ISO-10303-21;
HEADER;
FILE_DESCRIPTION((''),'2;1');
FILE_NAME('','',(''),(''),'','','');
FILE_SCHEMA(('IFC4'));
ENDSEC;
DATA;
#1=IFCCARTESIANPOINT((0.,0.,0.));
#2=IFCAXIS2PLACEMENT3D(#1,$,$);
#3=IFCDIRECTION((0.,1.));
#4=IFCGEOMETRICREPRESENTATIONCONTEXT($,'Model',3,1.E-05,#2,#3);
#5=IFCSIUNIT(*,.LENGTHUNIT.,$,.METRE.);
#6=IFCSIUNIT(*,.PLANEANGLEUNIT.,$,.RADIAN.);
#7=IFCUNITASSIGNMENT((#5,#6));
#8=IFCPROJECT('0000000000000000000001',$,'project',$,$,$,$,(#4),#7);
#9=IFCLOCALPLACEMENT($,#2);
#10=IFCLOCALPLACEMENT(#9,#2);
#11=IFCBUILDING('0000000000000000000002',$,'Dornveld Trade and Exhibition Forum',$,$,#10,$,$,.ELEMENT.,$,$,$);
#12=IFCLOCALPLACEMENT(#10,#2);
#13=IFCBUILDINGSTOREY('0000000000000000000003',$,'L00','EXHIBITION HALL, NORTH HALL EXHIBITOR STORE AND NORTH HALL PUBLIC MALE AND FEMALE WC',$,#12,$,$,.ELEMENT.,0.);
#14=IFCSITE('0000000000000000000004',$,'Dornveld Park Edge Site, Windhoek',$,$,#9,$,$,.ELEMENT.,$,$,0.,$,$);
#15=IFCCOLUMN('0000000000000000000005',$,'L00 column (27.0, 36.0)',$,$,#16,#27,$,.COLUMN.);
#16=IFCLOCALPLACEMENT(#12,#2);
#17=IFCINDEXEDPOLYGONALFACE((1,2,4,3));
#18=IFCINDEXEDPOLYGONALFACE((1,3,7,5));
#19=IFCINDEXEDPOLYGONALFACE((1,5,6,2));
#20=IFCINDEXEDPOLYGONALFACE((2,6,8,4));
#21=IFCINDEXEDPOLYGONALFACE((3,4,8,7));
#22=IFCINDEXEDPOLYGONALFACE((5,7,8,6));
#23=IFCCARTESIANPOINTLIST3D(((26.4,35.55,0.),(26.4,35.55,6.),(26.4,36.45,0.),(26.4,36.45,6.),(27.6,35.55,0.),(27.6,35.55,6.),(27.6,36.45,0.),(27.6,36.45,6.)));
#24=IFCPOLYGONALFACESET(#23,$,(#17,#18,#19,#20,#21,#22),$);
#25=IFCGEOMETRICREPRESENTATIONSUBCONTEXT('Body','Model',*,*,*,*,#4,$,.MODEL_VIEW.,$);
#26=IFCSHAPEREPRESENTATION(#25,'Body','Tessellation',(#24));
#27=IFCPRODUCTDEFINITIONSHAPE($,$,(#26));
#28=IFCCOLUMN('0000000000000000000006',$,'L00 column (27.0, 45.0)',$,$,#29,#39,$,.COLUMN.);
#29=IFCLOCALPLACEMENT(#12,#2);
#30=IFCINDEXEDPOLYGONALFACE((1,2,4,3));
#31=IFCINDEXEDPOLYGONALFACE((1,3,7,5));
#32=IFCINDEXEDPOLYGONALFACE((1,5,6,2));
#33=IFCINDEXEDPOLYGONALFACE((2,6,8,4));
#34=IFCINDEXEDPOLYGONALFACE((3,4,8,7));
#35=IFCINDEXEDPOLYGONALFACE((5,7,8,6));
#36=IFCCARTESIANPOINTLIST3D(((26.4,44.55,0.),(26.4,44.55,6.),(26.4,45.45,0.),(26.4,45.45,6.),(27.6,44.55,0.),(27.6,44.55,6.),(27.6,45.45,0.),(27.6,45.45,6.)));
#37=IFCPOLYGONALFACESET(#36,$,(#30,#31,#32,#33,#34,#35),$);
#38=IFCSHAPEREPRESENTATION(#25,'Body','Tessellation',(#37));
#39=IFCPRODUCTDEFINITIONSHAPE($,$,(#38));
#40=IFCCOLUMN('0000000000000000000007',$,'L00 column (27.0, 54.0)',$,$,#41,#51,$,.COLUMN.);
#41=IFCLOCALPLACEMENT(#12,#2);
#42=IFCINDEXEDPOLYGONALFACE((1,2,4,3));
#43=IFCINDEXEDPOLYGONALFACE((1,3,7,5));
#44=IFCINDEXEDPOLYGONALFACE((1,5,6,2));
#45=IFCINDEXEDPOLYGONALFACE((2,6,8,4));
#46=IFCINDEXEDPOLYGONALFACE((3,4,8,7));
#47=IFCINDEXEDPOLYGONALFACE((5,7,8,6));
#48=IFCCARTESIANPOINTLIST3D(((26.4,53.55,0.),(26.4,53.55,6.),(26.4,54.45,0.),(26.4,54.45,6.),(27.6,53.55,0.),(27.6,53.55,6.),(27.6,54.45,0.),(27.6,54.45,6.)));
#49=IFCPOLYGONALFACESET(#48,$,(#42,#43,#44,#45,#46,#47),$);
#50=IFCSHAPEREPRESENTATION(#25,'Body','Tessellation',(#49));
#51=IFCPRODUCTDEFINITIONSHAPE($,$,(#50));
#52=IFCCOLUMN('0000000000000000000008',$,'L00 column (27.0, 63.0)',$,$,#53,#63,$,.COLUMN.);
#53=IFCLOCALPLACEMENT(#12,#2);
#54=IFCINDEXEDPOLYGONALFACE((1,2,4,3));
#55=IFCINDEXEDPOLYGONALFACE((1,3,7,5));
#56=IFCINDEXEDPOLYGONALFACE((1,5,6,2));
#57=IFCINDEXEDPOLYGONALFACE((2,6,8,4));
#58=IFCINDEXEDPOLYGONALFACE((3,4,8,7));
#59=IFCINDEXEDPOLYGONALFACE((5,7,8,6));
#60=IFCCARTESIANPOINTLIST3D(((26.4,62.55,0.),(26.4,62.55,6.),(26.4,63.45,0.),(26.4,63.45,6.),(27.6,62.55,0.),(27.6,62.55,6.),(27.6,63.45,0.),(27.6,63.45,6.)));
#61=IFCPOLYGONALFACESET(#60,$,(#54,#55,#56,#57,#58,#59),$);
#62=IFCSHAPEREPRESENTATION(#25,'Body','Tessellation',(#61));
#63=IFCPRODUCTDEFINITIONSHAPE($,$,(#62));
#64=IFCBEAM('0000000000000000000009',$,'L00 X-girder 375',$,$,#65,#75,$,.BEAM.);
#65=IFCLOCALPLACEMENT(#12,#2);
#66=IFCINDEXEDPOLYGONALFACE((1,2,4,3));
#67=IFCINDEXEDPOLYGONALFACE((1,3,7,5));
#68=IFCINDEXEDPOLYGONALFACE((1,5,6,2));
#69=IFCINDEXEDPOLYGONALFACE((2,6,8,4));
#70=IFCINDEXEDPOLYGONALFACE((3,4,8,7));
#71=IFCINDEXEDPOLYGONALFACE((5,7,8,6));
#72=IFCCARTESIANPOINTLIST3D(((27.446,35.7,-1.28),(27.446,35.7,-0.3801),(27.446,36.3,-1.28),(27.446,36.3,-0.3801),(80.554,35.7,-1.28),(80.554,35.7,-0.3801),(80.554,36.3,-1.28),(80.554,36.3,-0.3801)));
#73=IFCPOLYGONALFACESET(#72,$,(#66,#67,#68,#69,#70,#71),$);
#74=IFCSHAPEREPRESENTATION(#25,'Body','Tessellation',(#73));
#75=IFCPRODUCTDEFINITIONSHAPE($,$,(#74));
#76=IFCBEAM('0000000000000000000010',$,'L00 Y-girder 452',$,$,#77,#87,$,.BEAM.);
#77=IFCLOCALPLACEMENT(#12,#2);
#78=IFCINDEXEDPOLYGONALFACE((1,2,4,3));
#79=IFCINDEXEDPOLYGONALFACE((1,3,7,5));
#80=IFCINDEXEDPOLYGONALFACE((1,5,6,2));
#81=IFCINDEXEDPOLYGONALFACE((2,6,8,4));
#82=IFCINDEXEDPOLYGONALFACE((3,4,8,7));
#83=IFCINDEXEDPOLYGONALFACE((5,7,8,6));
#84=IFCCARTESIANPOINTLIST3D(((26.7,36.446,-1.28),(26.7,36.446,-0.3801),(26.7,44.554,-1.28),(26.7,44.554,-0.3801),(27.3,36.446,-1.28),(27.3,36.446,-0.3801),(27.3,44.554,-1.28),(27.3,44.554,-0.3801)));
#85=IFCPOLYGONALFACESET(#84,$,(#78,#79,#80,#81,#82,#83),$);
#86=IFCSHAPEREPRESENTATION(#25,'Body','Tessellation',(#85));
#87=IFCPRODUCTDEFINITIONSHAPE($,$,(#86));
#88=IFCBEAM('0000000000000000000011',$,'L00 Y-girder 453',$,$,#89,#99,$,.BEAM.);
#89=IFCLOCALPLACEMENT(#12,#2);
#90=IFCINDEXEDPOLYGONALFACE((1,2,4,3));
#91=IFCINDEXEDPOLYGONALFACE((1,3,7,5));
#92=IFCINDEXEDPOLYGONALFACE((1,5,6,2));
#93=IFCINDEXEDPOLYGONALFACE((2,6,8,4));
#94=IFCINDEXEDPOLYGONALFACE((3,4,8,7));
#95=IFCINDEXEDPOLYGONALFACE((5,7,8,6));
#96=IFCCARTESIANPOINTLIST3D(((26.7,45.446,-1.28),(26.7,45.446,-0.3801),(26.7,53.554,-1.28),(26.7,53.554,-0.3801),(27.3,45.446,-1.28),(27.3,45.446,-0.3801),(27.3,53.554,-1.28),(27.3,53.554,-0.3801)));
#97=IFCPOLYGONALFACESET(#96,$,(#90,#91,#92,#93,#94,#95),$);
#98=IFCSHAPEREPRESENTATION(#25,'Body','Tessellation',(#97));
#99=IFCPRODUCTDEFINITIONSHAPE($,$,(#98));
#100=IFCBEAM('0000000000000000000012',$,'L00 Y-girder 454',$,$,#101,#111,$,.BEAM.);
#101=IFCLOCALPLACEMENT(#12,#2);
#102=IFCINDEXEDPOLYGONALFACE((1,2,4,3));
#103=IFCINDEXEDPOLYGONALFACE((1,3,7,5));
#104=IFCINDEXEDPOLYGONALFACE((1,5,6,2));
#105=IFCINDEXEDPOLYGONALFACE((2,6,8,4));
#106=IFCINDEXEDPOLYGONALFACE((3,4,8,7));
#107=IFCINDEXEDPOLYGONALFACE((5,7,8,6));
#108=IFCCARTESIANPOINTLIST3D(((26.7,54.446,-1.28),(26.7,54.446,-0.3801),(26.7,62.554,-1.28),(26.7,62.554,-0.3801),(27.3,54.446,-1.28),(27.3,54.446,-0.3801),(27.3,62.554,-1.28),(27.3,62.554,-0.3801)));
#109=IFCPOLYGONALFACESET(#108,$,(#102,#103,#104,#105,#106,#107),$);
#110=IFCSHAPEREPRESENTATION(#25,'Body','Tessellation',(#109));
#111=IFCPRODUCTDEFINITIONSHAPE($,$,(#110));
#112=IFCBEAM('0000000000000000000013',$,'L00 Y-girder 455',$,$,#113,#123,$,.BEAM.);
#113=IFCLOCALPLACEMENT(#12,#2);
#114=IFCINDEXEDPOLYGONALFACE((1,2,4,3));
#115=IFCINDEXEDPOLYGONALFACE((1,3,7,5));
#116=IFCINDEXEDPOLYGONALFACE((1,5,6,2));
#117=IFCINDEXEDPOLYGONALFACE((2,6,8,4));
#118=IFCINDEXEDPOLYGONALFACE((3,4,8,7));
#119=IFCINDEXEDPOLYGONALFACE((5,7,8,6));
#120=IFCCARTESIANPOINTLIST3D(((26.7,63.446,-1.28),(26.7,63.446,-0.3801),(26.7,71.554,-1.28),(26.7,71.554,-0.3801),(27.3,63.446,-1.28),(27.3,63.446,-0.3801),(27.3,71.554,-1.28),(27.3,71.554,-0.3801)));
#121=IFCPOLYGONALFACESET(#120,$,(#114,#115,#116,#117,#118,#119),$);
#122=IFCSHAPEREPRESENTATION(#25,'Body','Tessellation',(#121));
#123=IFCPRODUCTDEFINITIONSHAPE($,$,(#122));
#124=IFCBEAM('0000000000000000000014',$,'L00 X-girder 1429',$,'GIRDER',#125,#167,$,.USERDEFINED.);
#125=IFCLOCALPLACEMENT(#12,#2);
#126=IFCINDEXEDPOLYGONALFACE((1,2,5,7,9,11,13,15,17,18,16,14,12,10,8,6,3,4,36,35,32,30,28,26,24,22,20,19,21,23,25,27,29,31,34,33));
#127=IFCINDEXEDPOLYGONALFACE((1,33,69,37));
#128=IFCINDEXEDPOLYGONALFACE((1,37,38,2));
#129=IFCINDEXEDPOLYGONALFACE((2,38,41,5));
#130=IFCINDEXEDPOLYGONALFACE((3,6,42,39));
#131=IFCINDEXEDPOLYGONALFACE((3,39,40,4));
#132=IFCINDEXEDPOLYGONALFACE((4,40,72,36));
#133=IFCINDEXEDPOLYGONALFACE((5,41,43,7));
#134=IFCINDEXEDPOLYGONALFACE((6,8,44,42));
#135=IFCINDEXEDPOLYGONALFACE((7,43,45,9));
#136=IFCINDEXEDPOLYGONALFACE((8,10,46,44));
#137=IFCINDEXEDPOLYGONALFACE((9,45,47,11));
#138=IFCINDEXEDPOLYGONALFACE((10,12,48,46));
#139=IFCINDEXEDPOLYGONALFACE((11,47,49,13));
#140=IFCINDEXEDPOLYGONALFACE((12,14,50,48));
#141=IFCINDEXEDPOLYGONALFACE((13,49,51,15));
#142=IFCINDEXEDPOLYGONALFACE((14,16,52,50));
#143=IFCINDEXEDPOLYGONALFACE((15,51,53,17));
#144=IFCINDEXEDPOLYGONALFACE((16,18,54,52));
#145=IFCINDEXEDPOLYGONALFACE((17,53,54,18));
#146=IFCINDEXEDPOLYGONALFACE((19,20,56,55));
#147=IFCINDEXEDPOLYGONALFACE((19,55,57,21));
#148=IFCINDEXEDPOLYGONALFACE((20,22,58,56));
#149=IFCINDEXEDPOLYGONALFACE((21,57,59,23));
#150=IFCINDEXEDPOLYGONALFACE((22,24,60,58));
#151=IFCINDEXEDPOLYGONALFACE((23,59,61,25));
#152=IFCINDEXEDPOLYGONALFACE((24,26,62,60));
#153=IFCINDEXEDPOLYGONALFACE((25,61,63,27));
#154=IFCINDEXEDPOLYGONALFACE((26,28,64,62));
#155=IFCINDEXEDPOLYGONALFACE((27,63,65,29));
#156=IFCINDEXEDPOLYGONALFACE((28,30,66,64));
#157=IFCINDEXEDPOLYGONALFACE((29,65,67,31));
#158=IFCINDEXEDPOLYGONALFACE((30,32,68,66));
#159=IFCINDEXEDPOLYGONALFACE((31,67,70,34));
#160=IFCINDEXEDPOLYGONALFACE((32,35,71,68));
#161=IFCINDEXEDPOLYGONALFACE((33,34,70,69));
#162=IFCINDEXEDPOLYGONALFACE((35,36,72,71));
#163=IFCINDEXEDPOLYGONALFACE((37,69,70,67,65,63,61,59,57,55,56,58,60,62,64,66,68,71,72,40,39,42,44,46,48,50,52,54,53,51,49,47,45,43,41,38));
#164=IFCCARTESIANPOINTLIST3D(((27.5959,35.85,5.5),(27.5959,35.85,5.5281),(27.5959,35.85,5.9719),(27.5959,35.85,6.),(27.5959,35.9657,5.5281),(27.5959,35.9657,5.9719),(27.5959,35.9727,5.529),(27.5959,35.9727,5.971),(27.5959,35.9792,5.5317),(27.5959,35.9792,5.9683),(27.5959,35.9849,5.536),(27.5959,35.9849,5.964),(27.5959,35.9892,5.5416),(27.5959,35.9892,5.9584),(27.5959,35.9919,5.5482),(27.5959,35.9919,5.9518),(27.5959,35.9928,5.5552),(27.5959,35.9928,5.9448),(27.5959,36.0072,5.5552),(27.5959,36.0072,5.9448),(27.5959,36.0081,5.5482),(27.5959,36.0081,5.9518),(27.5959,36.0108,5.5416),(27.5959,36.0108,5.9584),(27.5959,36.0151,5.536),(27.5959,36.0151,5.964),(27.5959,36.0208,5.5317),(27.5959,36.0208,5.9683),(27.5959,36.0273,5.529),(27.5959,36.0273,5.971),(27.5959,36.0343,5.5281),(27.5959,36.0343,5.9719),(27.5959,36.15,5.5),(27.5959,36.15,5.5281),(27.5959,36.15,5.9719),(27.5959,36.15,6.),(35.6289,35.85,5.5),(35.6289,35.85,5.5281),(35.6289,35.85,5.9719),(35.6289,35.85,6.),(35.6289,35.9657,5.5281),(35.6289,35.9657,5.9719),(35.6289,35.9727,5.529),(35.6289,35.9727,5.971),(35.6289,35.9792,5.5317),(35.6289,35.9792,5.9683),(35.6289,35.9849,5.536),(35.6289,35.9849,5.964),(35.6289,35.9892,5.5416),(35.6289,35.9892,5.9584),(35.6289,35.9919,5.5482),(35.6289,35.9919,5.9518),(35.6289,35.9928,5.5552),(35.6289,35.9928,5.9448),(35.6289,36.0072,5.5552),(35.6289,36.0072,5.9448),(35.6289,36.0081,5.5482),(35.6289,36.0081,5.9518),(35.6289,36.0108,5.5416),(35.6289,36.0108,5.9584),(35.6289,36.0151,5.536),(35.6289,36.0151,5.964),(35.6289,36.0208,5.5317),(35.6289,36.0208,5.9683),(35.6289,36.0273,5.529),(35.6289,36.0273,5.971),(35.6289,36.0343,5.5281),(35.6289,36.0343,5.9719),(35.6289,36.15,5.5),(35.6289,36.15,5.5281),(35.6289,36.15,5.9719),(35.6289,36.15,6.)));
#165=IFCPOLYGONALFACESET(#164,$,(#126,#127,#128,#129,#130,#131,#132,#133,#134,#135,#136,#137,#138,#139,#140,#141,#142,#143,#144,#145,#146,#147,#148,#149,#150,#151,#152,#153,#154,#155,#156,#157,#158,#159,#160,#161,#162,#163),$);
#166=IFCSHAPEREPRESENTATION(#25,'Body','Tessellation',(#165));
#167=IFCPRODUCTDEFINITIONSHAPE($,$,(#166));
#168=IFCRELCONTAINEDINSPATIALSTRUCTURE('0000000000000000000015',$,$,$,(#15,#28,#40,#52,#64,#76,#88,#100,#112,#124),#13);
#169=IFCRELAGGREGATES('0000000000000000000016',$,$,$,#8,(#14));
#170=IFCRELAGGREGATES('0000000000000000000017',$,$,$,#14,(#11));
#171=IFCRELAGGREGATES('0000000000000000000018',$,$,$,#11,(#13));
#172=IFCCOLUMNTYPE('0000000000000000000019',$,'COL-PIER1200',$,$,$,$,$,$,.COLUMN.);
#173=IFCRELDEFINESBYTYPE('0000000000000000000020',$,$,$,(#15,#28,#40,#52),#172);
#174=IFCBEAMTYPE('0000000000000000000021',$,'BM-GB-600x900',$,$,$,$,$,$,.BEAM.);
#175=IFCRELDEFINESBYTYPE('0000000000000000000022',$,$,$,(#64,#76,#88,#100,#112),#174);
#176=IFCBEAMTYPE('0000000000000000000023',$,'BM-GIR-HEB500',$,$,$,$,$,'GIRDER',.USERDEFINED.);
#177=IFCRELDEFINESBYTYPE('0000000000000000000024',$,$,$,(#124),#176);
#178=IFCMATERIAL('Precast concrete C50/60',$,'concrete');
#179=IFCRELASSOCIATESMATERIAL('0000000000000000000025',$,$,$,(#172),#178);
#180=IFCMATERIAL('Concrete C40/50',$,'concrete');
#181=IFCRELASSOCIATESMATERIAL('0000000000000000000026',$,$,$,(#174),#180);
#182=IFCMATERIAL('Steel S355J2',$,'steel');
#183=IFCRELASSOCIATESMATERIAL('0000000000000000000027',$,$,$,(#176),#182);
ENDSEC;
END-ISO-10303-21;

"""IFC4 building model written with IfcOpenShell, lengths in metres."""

from ifc_helpers import new_model, si_unit, direction, frame, origin, origin_2d, place, context, subcontext, project, spatial, rectangle, i_section, extrude, material, material_profile, profile_set, type_object, element, save


model = new_model("IFC4")

# Units and contexts
model_context = context("Model", 3, precision=1e-05, world=origin(), true_north=direction((0.0, 1.0)))
body_context = subcontext(model_context, "Body", "Model", "MODEL_VIEW")
ifc_project = project(units=[si_unit("LENGTHUNIT", "METRE"), si_unit("PLANEANGLEUNIT", "RADIAN")], contexts=[model_context])

# Site, building, storey
site_placement = place(None, origin())
site = spatial("IfcSite", under=ifc_project, at=site_placement, Name="Dornveld Park Edge Site, Windhoek", CompositionType="ELEMENT", RefElevation=0.0)
building_placement = place(site_placement, origin())
building = spatial("IfcBuilding", under=site, at=building_placement, Name="Dornveld Trade and Exhibition Forum", CompositionType="ELEMENT")
storey_placement = place(building_placement, origin())
storey = spatial("IfcBuildingStorey", under=building, at=storey_placement, Name="L00", Description="EXHIBITION HALL, NORTH HALL EXHIBITOR STORE AND NORTH HALL PUBLIC MALE AND FEMALE WC", CompositionType="ELEMENT", Elevation=0.0)

# Columns
ifc_material_1 = material(Name="Precast concrete C50/60", Category="concrete")
ifc_material_profile_1 = material_profile(ifc_material_1, rectangle(XDim=1.2, YDim=0.8999, at=origin_2d()), Name="PC-PIER 1200x900")
ifc_profile_set_1 = profile_set([ifc_material_profile_1], Name="Precast concrete C50/60")
column_type = type_object("IfcColumnType", Name="COL-PIER1200", PredefinedType="COLUMN", material=ifc_profile_set_1)
for number, where, z_axis, x_axis, name in (
    (1, (27.0, 36.0, 0.0), (0.0, 0.0, 1.0), (1.0, 0.0, 0.0), "L00 column (27.0, 36.0)"),
    (2, (27.0, 45.0, 0.0), (0.0, 0.0, 1.0), (1.0, 0.0, 0.0), "L00 column (27.0, 45.0)"),
    (3, (27.0, 54.0, 0.0), (0.0, 0.0, 1.0), (1.0, 0.0, 0.0), "L00 column (27.0, 54.0)"),
    (4, (27.0, 63.0, 0.0), (0.0, 0.0, 1.0), (1.0, 0.0, 0.0), "L00 column (27.0, 63.0)"),
):
    element("IfcColumn", number, at=place(storey_placement, frame(where, z_axis=z_axis, x_axis=x_axis)), inside=storey, type_object=column_type, Name=name, PredefinedType="COLUMN", context=body_context, shape_type="SweptSolid", body=[
        extrude(rectangle(XDim=1.2, YDim=0.8999, at=origin_2d()), origin(), (0.0, 0.0, 1.0), 6.0),
    ])

# Beams
ifc_material_2 = material(Name="Concrete C40/50", Category="concrete")
ifc_material_profile_2 = material_profile(ifc_material_2, rectangle(XDim=0.6001, YDim=0.8999, at=origin_2d()), Name="RC-GB 600x900")
ifc_profile_set_2 = profile_set([ifc_material_profile_2], Name="Concrete C40/50")
beam_type_1 = type_object("IfcBeamType", Name="BM-GB-600x900", PredefinedType="BEAM", material=ifc_profile_set_2)
beam_1_placement = place(storey_placement, frame((27.446, 36.0, -0.8301), z_axis=(1.0, 0.0, 0.0), x_axis=(0.0, 1.0, 0.0)))
element("IfcBeam", 5, at=beam_1_placement, inside=storey, type_object=beam_type_1, Name="L00 X-girder 375", PredefinedType="BEAM", context=body_context, shape_type="SweptSolid", body=[
    extrude(rectangle(XDim=0.6001, YDim=0.8999, at=origin_2d()), origin(), (0.0, 0.0, 1.0), 53.1079),
])
for number, where, z_axis, x_axis, name in (
    (6, (27.0, 36.446, -0.8301), (0.0, 1.0, 0.0), (-1.0, 0.0, 0.0), "L00 Y-girder 452"),
    (7, (27.0, 45.446, -0.8301), (0.0, 1.0, 0.0), (-1.0, 0.0, 0.0), "L00 Y-girder 453"),
    (8, (27.0, 54.446, -0.8301), (0.0, 1.0, 0.0), (-1.0, 0.0, 0.0), "L00 Y-girder 454"),
    (9, (27.0, 63.446, -0.8301), (0.0, 1.0, 0.0), (-1.0, 0.0, 0.0), "L00 Y-girder 455"),
):
    element("IfcBeam", number, at=place(storey_placement, frame(where, z_axis=z_axis, x_axis=x_axis)), inside=storey, type_object=beam_type_1, Name=name, PredefinedType="BEAM", context=body_context, shape_type="SweptSolid", body=[
        extrude(rectangle(XDim=0.6001, YDim=0.8999, at=origin_2d()), origin(), (0.0, 0.0, 1.0), 8.1079),
    ])
ifc_material_3 = material(Name="Steel S355J2", Category="steel")
ifc_material_profile_3 = material_profile(ifc_material_3, i_section(OverallWidth=0.3, OverallDepth=0.5, WebThickness=0.0144, FlangeThickness=0.0281, FilletRadius=0.0271, at=origin_2d()), Name="HEB 500")
ifc_profile_set_3 = profile_set([ifc_material_profile_3], Name="Steel S355J2")
beam_type_2 = type_object("IfcBeamType", Name="BM-GIR-HEB500", ElementType="GIRDER", PredefinedType="USERDEFINED", material=ifc_profile_set_3)
beam_2_placement = place(storey_placement, frame((27.5959, 36.0, 5.75), z_axis=(1.0, 0.0, 0.0), x_axis=(0.0, 1.0, 0.0)))
element("IfcBeam", 10, at=beam_2_placement, inside=storey, type_object=beam_type_2, Name="L00 X-girder 1429", ObjectType="GIRDER", PredefinedType="USERDEFINED", context=body_context, shape_type="SweptSolid", body=[
    extrude(i_section(OverallWidth=0.3, OverallDepth=0.5, WebThickness=0.0144, FlangeThickness=0.0281, FilletRadius=0.0271, at=origin_2d()), origin(), (0.0, 0.0, 1.0), 8.033),
])

save(model, "model.ifc")
